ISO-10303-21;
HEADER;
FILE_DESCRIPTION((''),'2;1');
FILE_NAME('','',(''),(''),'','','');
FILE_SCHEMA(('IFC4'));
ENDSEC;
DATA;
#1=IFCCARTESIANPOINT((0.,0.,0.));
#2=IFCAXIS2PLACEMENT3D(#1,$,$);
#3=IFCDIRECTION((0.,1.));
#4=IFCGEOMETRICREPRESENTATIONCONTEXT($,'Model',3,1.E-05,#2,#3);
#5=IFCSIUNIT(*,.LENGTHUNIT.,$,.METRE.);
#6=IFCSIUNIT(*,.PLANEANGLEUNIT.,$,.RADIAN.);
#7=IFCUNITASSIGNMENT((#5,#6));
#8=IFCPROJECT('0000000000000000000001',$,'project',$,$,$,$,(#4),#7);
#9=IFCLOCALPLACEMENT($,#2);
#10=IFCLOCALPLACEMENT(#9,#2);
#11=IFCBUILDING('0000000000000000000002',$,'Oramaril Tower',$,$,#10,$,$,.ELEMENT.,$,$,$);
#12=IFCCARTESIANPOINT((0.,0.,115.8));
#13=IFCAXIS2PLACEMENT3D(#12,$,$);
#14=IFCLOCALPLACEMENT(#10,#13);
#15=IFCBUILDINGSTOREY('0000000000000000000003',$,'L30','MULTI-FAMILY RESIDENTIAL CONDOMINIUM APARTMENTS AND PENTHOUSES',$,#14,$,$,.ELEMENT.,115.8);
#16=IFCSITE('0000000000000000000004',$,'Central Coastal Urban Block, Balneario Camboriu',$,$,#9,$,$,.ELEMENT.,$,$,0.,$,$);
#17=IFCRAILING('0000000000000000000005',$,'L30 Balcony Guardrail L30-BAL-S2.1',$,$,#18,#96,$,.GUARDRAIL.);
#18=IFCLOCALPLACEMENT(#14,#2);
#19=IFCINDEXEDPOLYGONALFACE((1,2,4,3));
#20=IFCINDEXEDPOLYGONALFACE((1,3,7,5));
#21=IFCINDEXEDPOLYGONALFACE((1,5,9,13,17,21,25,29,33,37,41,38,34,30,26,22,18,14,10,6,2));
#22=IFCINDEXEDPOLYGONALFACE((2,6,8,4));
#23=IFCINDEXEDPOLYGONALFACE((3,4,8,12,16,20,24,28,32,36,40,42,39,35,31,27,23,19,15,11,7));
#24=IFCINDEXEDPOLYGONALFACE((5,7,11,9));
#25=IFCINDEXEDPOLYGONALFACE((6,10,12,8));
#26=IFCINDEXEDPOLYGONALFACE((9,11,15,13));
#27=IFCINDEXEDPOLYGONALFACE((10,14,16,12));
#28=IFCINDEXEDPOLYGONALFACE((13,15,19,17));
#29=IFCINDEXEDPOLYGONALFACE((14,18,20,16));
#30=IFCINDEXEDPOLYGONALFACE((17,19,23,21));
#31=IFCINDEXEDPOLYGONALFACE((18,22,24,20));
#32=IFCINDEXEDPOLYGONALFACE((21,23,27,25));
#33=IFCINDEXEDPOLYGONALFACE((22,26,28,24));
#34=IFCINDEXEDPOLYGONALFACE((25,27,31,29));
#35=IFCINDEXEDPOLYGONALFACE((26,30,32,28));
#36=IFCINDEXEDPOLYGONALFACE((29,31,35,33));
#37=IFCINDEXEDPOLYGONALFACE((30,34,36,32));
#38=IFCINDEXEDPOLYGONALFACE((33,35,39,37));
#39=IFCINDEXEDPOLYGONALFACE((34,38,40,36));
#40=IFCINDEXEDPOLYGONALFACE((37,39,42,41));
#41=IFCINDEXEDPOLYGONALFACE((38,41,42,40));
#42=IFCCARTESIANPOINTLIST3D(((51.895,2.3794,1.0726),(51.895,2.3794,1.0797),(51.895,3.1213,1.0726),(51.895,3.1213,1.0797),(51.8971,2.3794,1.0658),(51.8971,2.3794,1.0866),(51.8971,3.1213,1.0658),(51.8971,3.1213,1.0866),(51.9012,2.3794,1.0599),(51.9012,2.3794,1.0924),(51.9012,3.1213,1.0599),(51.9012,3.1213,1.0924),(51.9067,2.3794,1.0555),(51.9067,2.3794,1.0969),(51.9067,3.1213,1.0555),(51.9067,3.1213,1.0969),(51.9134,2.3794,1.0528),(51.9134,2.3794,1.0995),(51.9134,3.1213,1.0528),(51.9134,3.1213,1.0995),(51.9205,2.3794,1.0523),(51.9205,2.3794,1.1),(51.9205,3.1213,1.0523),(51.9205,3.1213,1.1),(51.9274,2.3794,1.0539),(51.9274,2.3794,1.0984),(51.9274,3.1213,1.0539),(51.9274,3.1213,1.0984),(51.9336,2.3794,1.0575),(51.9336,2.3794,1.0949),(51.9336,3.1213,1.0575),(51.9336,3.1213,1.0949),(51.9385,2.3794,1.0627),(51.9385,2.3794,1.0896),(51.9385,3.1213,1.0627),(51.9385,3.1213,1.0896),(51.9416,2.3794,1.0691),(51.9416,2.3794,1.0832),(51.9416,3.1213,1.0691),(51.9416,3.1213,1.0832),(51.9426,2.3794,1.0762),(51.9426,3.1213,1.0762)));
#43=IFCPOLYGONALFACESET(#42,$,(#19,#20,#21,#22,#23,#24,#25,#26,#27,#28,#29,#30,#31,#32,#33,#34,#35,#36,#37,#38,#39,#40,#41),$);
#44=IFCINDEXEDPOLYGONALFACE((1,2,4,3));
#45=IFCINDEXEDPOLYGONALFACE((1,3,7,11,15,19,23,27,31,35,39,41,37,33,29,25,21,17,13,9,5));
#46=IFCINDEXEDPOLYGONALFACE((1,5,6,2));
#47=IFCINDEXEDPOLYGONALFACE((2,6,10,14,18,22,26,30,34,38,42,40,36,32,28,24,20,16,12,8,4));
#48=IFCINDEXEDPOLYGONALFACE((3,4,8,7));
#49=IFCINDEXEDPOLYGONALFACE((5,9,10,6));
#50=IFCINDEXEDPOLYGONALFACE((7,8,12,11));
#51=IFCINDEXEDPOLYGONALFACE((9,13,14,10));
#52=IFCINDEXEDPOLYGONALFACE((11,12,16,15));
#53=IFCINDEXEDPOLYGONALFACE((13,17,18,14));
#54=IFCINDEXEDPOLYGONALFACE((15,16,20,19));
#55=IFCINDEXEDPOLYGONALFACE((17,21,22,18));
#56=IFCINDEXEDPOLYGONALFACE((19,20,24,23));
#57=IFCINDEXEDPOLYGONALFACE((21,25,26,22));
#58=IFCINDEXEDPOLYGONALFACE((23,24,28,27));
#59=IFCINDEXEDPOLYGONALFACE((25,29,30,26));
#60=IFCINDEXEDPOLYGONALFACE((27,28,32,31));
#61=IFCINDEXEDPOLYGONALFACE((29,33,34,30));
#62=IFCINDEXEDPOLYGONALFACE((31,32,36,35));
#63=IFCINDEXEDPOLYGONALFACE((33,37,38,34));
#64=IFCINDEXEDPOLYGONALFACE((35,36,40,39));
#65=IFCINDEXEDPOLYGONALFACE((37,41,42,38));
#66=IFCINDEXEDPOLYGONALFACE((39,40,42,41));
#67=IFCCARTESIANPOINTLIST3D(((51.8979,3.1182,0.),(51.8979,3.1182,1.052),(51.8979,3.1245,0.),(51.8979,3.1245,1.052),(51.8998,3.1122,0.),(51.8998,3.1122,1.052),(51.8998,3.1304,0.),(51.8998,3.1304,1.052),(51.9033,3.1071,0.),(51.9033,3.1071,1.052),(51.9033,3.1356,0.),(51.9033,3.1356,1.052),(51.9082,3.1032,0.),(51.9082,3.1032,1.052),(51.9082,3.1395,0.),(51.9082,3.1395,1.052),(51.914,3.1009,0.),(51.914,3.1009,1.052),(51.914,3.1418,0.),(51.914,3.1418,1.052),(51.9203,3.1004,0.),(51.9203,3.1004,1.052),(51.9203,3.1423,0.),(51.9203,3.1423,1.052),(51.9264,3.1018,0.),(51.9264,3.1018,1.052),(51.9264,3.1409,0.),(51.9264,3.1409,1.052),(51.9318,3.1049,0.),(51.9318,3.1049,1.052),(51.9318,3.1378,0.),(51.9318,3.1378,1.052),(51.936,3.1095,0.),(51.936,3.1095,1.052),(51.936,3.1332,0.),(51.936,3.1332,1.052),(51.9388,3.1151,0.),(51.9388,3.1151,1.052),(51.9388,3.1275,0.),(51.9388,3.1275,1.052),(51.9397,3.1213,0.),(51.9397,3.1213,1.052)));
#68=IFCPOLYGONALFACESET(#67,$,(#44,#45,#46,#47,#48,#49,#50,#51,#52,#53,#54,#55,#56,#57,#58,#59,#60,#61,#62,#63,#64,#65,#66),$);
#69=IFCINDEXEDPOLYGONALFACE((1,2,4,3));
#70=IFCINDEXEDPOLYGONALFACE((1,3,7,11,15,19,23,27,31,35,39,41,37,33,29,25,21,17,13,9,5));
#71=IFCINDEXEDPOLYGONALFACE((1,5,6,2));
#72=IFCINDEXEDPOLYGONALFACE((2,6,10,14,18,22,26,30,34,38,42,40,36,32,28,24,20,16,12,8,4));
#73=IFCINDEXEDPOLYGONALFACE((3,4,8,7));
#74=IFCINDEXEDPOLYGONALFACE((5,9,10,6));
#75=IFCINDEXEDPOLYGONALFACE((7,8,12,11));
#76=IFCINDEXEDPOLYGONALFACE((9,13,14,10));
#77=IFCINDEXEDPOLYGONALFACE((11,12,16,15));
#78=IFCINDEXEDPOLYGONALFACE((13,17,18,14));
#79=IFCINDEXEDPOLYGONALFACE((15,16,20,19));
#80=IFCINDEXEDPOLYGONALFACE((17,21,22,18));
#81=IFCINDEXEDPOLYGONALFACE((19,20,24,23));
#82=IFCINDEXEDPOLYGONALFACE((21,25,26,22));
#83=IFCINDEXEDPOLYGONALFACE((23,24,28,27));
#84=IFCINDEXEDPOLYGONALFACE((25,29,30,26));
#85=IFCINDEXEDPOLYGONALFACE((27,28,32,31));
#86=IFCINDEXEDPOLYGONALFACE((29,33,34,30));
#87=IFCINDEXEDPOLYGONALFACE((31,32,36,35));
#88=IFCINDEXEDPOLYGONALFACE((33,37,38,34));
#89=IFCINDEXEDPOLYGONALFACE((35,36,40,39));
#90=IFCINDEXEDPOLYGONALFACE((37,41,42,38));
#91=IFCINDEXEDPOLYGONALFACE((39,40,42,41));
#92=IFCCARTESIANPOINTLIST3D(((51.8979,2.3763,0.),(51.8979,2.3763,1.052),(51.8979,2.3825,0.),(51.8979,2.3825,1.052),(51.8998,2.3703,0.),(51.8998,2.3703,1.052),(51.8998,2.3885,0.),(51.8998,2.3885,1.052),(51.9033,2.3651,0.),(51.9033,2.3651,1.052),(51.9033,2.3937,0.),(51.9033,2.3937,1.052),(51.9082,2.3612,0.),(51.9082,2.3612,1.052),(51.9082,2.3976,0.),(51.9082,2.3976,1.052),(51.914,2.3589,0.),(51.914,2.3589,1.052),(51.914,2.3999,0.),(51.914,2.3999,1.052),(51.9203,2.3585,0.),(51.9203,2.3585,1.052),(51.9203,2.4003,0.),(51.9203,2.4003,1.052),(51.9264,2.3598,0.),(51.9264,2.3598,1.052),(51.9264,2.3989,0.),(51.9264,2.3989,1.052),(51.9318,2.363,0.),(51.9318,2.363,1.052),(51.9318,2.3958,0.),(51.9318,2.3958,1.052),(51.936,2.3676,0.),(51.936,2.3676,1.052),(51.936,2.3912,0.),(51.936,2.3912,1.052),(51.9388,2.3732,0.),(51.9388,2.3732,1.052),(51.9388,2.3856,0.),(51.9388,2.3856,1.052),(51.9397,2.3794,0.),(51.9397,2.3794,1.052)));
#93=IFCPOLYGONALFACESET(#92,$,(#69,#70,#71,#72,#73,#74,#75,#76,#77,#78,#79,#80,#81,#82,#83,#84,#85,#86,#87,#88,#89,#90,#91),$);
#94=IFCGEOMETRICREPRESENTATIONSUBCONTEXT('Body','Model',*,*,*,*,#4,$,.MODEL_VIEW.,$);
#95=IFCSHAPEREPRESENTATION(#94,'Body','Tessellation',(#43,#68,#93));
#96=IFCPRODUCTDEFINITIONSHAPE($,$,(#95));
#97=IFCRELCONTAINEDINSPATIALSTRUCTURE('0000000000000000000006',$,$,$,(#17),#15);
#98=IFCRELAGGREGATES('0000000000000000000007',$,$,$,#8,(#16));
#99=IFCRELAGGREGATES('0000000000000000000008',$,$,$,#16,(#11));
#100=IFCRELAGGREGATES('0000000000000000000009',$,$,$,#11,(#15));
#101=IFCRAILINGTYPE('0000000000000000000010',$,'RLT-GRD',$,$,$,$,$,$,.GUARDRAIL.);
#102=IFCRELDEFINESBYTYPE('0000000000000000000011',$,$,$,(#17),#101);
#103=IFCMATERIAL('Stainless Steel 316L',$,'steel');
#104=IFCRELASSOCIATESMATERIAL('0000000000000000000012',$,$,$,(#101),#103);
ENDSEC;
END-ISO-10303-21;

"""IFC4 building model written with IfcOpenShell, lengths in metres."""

from ifc_helpers import new_model, si_unit, direction, frame, origin, origin_2d, place, context, subcontext, project, spatial, circle, extrude, material, type_object, element, save


model = new_model("IFC4")

# Units and contexts
model_context = context("Model", 3, precision=1e-05, world=origin(), true_north=direction((0.0, 1.0)))
body_context = subcontext(model_context, "Body", "Model", "MODEL_VIEW")
ifc_project = project(units=[si_unit("LENGTHUNIT", "METRE"), si_unit("PLANEANGLEUNIT", "RADIAN")], contexts=[model_context])

# Site, building, storey
site_placement = place(None, origin())
site = spatial("IfcSite", under=ifc_project, at=site_placement, Name="Central Coastal Urban Block, Balneario Camboriu", CompositionType="ELEMENT", RefElevation=0.0)
building_placement = place(site_placement, origin())
building = spatial("IfcBuilding", under=site, at=building_placement, Name="Oramaril Tower", CompositionType="ELEMENT")
storey_placement = place(building_placement, frame((0.0, 0.0, 115.8)))
storey = spatial("IfcBuildingStorey", under=building, at=storey_placement, Name="L30", Description="MULTI-FAMILY RESIDENTIAL CONDOMINIUM APARTMENTS AND PENTHOUSES", CompositionType="ELEMENT", Elevation=115.8)

# Railing
ifc_material_1 = material(Name="Stainless Steel 316L", Category="steel")
railing_type = type_object("IfcRailingType", Name="RLT-GRD", PredefinedType="GUARDRAIL", material=ifc_material_1)
railing_1_placement = place(storey_placement, frame((51.9187, 3.1213, 0.0)))
element("IfcRailing", 1, at=railing_1_placement, inside=storey, type_object=railing_type, Name="L30 Balcony Guardrail L30-BAL-S2.1", PredefinedType="GUARDRAIL", context=body_context, shape_type="SweptSolid", body=[
    extrude(circle(Radius=0.0239, at=origin_2d()), frame((0.0, 0.0, 1.0762), z_axis=(0.0, -1.0, 0.0), x_axis=(1.0, 0.0, 0.0)), (0.0, 0.0, 1.0), 0.7419),
    extrude(circle(Radius=0.021, at=origin_2d()), origin(), (0.0, 0.0, 1.0), 1.052),
    extrude(circle(Radius=0.021, at=origin_2d()), frame((0.0, -0.7419, 0.0)), (0.0, 0.0, 1.0), 1.052),
])

save(model, "model.ifc")
